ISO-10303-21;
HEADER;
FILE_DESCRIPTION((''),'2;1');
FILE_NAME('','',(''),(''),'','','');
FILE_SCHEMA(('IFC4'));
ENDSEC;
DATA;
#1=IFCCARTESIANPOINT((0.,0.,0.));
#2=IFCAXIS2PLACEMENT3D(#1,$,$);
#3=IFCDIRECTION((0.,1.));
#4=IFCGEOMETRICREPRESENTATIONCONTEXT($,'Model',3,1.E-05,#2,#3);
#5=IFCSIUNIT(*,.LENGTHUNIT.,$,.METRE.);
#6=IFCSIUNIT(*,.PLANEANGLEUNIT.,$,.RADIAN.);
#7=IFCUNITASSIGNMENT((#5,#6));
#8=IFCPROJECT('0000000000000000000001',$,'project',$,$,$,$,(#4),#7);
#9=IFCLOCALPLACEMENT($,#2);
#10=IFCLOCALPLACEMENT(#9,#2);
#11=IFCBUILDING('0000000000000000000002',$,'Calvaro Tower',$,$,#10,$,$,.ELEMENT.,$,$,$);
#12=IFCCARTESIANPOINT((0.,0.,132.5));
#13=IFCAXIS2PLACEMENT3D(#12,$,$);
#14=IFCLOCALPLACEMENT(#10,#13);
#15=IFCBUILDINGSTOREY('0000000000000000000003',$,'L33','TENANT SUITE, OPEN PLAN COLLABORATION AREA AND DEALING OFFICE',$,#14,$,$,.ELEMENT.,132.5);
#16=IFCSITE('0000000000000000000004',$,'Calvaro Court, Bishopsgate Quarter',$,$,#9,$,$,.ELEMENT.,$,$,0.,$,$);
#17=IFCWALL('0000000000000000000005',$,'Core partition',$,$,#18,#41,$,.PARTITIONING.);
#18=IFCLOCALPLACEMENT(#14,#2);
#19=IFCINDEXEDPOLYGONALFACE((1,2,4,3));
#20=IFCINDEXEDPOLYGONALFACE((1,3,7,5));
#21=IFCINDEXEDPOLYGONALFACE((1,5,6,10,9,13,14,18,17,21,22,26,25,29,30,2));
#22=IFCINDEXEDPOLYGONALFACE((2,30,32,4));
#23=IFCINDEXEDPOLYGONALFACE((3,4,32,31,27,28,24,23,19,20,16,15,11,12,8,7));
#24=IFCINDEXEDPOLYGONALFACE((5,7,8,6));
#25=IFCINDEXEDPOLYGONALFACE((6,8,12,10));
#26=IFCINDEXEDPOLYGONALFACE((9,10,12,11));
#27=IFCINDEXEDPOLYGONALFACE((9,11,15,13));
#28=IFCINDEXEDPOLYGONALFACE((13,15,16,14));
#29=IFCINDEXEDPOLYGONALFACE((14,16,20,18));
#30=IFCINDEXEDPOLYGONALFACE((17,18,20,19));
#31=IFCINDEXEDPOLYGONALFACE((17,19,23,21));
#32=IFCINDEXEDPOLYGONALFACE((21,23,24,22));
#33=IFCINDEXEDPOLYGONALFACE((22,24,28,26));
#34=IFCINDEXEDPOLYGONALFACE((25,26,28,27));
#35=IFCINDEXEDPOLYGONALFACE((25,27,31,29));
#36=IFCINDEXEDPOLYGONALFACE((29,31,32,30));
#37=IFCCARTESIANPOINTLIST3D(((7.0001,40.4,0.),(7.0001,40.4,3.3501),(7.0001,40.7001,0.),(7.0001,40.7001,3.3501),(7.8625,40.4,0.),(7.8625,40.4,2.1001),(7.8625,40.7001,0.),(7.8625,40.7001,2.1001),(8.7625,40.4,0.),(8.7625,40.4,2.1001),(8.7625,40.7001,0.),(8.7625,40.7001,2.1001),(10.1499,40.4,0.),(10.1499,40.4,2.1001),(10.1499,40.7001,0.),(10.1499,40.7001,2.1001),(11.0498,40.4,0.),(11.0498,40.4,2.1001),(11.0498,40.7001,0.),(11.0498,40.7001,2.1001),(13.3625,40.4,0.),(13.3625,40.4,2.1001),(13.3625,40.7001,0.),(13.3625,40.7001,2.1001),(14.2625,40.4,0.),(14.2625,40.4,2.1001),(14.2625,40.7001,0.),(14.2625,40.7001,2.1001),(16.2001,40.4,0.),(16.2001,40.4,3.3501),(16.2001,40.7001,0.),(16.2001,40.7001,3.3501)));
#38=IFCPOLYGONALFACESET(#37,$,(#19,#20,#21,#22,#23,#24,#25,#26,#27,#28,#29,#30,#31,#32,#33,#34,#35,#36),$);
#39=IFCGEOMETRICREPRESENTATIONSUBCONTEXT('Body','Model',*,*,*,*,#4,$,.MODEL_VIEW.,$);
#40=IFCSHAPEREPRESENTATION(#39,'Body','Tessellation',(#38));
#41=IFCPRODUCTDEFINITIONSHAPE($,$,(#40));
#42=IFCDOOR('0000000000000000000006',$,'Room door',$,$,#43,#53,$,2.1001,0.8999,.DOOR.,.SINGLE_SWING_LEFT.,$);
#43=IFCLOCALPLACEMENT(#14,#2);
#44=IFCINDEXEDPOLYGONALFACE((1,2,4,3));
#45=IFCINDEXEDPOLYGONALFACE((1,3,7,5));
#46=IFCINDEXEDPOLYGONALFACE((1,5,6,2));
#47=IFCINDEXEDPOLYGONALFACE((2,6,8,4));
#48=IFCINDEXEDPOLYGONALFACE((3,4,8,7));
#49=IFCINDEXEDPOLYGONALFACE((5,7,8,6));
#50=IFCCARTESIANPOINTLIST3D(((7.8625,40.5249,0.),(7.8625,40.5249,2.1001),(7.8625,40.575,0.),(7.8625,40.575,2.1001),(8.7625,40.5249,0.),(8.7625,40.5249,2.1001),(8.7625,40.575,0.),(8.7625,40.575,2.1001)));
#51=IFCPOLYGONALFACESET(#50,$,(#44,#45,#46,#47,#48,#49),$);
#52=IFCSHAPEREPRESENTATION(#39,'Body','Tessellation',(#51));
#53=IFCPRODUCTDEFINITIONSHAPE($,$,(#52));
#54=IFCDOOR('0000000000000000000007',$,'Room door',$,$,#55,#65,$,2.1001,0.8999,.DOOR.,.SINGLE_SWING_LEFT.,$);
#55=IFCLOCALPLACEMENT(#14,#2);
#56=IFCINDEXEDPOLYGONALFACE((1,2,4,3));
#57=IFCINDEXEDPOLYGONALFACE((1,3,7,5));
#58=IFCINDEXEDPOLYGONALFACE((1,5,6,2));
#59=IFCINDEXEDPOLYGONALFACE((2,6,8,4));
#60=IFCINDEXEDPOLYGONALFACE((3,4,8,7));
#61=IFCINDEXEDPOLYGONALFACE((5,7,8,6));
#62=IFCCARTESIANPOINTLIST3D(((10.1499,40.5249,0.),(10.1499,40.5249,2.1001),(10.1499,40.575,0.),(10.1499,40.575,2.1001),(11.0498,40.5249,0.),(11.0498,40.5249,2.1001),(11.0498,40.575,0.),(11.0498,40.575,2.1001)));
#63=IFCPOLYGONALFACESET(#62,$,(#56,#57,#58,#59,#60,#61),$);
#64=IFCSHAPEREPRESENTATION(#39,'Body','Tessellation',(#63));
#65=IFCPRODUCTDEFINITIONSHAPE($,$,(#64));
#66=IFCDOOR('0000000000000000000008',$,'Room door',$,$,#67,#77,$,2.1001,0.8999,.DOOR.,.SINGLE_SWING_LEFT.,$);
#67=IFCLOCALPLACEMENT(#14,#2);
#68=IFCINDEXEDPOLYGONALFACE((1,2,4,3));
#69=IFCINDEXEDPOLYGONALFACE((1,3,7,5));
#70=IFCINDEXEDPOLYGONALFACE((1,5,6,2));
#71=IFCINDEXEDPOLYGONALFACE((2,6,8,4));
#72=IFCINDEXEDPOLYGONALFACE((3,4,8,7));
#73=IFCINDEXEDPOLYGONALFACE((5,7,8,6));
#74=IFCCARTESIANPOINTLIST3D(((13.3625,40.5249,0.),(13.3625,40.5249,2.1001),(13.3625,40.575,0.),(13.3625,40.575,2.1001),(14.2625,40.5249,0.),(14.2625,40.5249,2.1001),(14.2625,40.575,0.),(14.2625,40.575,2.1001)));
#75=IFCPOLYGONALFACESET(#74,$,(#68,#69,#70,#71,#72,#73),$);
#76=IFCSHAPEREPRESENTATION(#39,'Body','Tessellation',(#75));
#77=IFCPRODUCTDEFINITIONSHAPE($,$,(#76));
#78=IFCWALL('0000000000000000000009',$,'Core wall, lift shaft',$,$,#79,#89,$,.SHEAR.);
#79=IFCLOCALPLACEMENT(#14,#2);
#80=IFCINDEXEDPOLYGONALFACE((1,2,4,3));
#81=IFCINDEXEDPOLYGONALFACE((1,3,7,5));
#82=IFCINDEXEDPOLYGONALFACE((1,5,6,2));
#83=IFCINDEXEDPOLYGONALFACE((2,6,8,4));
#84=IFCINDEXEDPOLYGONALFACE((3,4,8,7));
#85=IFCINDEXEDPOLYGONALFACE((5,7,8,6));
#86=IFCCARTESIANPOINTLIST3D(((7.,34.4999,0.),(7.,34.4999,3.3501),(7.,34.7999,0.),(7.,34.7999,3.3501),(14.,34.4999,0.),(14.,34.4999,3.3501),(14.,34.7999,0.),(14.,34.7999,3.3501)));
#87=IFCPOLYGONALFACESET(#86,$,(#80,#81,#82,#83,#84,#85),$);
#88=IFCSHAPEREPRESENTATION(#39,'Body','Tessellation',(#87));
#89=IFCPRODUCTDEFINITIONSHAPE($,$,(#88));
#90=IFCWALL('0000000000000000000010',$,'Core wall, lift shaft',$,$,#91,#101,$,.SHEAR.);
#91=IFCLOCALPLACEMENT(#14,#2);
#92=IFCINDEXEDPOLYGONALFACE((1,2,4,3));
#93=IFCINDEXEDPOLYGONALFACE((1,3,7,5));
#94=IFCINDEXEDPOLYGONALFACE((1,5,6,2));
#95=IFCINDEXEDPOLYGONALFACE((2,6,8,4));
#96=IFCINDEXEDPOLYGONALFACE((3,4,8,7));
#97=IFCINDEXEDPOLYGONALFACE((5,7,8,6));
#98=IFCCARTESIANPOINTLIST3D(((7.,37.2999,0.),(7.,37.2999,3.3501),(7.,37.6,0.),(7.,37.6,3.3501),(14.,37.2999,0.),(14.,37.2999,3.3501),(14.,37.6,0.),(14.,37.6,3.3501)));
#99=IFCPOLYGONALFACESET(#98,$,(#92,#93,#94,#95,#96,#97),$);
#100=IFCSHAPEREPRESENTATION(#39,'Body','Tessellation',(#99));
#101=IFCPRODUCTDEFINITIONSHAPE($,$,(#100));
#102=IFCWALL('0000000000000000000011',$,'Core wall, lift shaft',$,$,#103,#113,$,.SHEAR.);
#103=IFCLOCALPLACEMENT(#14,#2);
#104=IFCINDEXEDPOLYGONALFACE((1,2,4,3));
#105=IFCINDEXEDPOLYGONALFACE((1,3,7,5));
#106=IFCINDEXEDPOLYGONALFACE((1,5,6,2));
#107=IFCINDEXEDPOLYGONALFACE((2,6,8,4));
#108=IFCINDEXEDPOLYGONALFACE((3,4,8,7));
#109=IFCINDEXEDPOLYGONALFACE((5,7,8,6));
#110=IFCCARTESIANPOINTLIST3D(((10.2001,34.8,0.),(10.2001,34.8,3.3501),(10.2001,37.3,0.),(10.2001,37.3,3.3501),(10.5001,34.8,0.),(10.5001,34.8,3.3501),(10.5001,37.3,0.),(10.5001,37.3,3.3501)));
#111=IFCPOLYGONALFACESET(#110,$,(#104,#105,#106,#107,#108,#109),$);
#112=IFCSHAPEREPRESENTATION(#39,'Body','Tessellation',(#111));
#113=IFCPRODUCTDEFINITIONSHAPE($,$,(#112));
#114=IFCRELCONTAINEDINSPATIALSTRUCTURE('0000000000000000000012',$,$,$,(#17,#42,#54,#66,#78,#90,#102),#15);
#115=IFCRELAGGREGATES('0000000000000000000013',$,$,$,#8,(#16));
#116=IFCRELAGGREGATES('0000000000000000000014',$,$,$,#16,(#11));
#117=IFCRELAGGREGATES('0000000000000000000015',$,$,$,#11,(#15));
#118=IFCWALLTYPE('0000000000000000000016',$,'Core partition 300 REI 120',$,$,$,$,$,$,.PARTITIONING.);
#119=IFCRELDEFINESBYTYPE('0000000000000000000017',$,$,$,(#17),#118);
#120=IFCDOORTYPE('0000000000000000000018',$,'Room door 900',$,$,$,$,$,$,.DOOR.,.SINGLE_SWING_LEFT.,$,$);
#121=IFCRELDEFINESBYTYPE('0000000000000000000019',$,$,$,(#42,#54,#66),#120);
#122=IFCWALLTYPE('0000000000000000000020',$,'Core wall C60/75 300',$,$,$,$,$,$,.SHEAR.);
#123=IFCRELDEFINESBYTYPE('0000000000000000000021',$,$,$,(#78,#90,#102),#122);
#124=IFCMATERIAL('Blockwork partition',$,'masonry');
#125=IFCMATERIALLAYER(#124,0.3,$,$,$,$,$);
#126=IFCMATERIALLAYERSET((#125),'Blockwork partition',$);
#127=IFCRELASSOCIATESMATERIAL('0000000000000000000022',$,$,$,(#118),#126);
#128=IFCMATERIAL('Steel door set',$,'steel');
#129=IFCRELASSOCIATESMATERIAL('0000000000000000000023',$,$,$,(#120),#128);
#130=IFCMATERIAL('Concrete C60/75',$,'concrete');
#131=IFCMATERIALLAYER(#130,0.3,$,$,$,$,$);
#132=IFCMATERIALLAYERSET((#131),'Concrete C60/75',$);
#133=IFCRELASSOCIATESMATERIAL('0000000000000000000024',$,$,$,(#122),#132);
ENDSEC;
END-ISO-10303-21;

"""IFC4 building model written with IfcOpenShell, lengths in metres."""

from ifc_helpers import new_model, si_unit, direction, frame, frame_2d, origin, place, context, subcontext, project, spatial, rectangle, extrude, material, layer, layer_set, type_object, element, fill, save


model = new_model("IFC4")

# Units and contexts
model_context = context("Model", 3, precision=1e-05, world=origin(), true_north=direction((0.0, 1.0)))
body_context = subcontext(model_context, "Body", "Model", "MODEL_VIEW")
ifc_project = project(units=[si_unit("LENGTHUNIT", "METRE"), si_unit("PLANEANGLEUNIT", "RADIAN")], contexts=[model_context])

# Site, building, storey
site_placement = place(None, origin())
site = spatial("IfcSite", under=ifc_project, at=site_placement, Name="Calvaro Court, Bishopsgate Quarter", CompositionType="ELEMENT", RefElevation=0.0)
building_placement = place(site_placement, origin())
building = spatial("IfcBuilding", under=site, at=building_placement, Name="Calvaro Tower", CompositionType="ELEMENT")
storey_placement = place(building_placement, frame((0.0, 0.0, 132.5)))
storey = spatial("IfcBuildingStorey", under=building, at=storey_placement, Name="L33", Description="TENANT SUITE, OPEN PLAN COLLABORATION AREA AND DEALING OFFICE", CompositionType="ELEMENT", Elevation=132.5)

# Wall, openings, doors
ifc_material_1 = material(Name="Blockwork partition", Category="masonry")
ifc_layer_1 = layer(ifc_material_1, 0.3)
ifc_layer_set_1 = layer_set([ifc_layer_1], Name="Blockwork partition")
wall_type_1 = type_object("IfcWallType", Name="Core partition 300 REI 120", PredefinedType="PARTITIONING", material=ifc_layer_set_1)
wall_1_placement = place(storey_placement, frame((7.0, 40.55, 0.0), z_axis=(0.0, 0.0, 1.0), x_axis=(1.0, 0.0, 0.0)))
wall_1 = element("IfcWall", 1, at=wall_1_placement, inside=storey, type_object=wall_type_1, Name="Core partition", PredefinedType="PARTITIONING", context=body_context, shape_type="SweptSolid", body=[
    extrude(rectangle(XDim=9.2, YDim=0.3, at=frame_2d((4.6001, 0.0))), origin(), (0.0, 0.0, 1.0), 3.3501),
])
opening_1_placement = place(wall_1_placement, frame((0.8625, 0.0, 0.0)))
opening_1 = element("IfcOpeningElement", 2, at=opening_1_placement, cuts=wall_1, PredefinedType="OPENING", context=body_context, shape_type="SweptSolid", body=[
    extrude(rectangle(XDim=0.8999, YDim=2.1001, at=frame_2d((0.45, 1.05))), frame((0.0, 0.1599, 0.0), z_axis=(0.0, -1.0, 0.0), x_axis=(1.0, 0.0, 0.0)), (0.0, 0.0, 1.0), 0.3201),
])
opening_2_placement = place(wall_1_placement, frame((3.1499, 0.0, 0.0)))
opening_2 = element("IfcOpeningElement", 3, at=opening_2_placement, cuts=wall_1, PredefinedType="OPENING", context=body_context, shape_type="SweptSolid", body=[
    extrude(rectangle(XDim=0.8999, YDim=2.1001, at=frame_2d((0.45, 1.05))), frame((0.0, 0.1599, 0.0), z_axis=(0.0, -1.0, 0.0), x_axis=(1.0, 0.0, 0.0)), (0.0, 0.0, 1.0), 0.3201),
])
opening_3_placement = place(wall_1_placement, frame((6.3625, 0.0, 0.0)))
opening_3 = element("IfcOpeningElement", 4, at=opening_3_placement, cuts=wall_1, PredefinedType="OPENING", context=body_context, shape_type="SweptSolid", body=[
    extrude(rectangle(XDim=0.8999, YDim=2.1001, at=frame_2d((0.45, 1.05))), frame((0.0, 0.1599, 0.0), z_axis=(0.0, -1.0, 0.0), x_axis=(1.0, 0.0, 0.0)), (0.0, 0.0, 1.0), 0.3201),
])
ifc_material_2 = material(Name="Steel door set", Category="steel")
door_type = type_object("IfcDoorType", Name="Room door 900", OperationType="SINGLE_SWING_LEFT", PredefinedType="DOOR", material=ifc_material_2)
door_1_placement = place(opening_1_placement, origin())
door_1 = element("IfcDoor", 5, at=door_1_placement, inside=storey, type_object=door_type, Name="Room door", OperationType="SINGLE_SWING_LEFT", OverallHeight=2.1001, OverallWidth=0.8999, PredefinedType="DOOR", context=body_context, shape_type="SweptSolid", body=[
    extrude(rectangle(XDim=0.8999, YDim=2.1001, at=frame_2d((0.45, 1.05))), frame((0.0, 0.0249, 0.0), z_axis=(0.0, -1.0, 0.0), x_axis=(1.0, 0.0, 0.0)), (0.0, 0.0, 1.0), 0.05),
])
fill(opening_1, door_1)
door_2_placement = place(opening_2_placement, origin())
door_2 = element("IfcDoor", 6, at=door_2_placement, inside=storey, type_object=door_type, Name="Room door", OperationType="SINGLE_SWING_LEFT", OverallHeight=2.1001, OverallWidth=0.8999, PredefinedType="DOOR", context=body_context, shape_type="SweptSolid", body=[
    extrude(rectangle(XDim=0.8999, YDim=2.1001, at=frame_2d((0.45, 1.05))), frame((0.0, 0.0249, 0.0), z_axis=(0.0, -1.0, 0.0), x_axis=(1.0, 0.0, 0.0)), (0.0, 0.0, 1.0), 0.05),
])
fill(opening_2, door_2)
door_3_placement = place(opening_3_placement, origin())
door_3 = element("IfcDoor", 7, at=door_3_placement, inside=storey, type_object=door_type, Name="Room door", OperationType="SINGLE_SWING_LEFT", OverallHeight=2.1001, OverallWidth=0.8999, PredefinedType="DOOR", context=body_context, shape_type="SweptSolid", body=[
    extrude(rectangle(XDim=0.8999, YDim=2.1001, at=frame_2d((0.45, 1.05))), frame((0.0, 0.0249, 0.0), z_axis=(0.0, -1.0, 0.0), x_axis=(1.0, 0.0, 0.0)), (0.0, 0.0, 1.0), 0.05),
])
fill(opening_3, door_3)

# Walls
ifc_material_3 = material(Name="Concrete C60/75", Category="concrete")
ifc_layer_2 = layer(ifc_material_3, 0.3)
ifc_layer_set_2 = layer_set([ifc_layer_2], Name="Concrete C60/75")
wall_type_2 = type_object("IfcWallType", Name="Core wall C60/75 300", PredefinedType="SHEAR", material=ifc_layer_set_2)
for number, where, z_axis, x_axis, name in (
    (8, (7.0, 34.6499, 0.0), (0.0, 0.0, 1.0), (1.0, 0.0, 0.0), "Core wall, lift shaft"),
    (9, (7.0, 37.45, 0.0), (0.0, 0.0, 1.0), (1.0, 0.0, 0.0), "Core wall, lift shaft"),
):
    element("IfcWall", number, at=place(storey_placement, frame(where, z_axis=z_axis, x_axis=x_axis)), inside=storey, type_object=wall_type_2, Name=name, PredefinedType="SHEAR", context=body_context, shape_type="SweptSolid", body=[
        extrude(rectangle(XDim=7.0, YDim=0.3, at=frame_2d((3.5, 0.0))), origin(), (0.0, 0.0, 1.0), 3.3501),
    ])
wall_2_placement = place(storey_placement, frame((10.3501, 34.8, 0.0), z_axis=(0.0, 0.0, 1.0), x_axis=(0.0, 1.0, 0.0)))
element("IfcWall", 10, at=wall_2_placement, inside=storey, type_object=wall_type_2, Name="Core wall, lift shaft", PredefinedType="SHEAR", context=body_context, shape_type="SweptSolid", body=[
    extrude(rectangle(XDim=2.5, YDim=0.3, at=frame_2d((1.25, 0.0))), origin(), (0.0, 0.0, 1.0), 3.3501),
])

save(model, "model.ifc")
